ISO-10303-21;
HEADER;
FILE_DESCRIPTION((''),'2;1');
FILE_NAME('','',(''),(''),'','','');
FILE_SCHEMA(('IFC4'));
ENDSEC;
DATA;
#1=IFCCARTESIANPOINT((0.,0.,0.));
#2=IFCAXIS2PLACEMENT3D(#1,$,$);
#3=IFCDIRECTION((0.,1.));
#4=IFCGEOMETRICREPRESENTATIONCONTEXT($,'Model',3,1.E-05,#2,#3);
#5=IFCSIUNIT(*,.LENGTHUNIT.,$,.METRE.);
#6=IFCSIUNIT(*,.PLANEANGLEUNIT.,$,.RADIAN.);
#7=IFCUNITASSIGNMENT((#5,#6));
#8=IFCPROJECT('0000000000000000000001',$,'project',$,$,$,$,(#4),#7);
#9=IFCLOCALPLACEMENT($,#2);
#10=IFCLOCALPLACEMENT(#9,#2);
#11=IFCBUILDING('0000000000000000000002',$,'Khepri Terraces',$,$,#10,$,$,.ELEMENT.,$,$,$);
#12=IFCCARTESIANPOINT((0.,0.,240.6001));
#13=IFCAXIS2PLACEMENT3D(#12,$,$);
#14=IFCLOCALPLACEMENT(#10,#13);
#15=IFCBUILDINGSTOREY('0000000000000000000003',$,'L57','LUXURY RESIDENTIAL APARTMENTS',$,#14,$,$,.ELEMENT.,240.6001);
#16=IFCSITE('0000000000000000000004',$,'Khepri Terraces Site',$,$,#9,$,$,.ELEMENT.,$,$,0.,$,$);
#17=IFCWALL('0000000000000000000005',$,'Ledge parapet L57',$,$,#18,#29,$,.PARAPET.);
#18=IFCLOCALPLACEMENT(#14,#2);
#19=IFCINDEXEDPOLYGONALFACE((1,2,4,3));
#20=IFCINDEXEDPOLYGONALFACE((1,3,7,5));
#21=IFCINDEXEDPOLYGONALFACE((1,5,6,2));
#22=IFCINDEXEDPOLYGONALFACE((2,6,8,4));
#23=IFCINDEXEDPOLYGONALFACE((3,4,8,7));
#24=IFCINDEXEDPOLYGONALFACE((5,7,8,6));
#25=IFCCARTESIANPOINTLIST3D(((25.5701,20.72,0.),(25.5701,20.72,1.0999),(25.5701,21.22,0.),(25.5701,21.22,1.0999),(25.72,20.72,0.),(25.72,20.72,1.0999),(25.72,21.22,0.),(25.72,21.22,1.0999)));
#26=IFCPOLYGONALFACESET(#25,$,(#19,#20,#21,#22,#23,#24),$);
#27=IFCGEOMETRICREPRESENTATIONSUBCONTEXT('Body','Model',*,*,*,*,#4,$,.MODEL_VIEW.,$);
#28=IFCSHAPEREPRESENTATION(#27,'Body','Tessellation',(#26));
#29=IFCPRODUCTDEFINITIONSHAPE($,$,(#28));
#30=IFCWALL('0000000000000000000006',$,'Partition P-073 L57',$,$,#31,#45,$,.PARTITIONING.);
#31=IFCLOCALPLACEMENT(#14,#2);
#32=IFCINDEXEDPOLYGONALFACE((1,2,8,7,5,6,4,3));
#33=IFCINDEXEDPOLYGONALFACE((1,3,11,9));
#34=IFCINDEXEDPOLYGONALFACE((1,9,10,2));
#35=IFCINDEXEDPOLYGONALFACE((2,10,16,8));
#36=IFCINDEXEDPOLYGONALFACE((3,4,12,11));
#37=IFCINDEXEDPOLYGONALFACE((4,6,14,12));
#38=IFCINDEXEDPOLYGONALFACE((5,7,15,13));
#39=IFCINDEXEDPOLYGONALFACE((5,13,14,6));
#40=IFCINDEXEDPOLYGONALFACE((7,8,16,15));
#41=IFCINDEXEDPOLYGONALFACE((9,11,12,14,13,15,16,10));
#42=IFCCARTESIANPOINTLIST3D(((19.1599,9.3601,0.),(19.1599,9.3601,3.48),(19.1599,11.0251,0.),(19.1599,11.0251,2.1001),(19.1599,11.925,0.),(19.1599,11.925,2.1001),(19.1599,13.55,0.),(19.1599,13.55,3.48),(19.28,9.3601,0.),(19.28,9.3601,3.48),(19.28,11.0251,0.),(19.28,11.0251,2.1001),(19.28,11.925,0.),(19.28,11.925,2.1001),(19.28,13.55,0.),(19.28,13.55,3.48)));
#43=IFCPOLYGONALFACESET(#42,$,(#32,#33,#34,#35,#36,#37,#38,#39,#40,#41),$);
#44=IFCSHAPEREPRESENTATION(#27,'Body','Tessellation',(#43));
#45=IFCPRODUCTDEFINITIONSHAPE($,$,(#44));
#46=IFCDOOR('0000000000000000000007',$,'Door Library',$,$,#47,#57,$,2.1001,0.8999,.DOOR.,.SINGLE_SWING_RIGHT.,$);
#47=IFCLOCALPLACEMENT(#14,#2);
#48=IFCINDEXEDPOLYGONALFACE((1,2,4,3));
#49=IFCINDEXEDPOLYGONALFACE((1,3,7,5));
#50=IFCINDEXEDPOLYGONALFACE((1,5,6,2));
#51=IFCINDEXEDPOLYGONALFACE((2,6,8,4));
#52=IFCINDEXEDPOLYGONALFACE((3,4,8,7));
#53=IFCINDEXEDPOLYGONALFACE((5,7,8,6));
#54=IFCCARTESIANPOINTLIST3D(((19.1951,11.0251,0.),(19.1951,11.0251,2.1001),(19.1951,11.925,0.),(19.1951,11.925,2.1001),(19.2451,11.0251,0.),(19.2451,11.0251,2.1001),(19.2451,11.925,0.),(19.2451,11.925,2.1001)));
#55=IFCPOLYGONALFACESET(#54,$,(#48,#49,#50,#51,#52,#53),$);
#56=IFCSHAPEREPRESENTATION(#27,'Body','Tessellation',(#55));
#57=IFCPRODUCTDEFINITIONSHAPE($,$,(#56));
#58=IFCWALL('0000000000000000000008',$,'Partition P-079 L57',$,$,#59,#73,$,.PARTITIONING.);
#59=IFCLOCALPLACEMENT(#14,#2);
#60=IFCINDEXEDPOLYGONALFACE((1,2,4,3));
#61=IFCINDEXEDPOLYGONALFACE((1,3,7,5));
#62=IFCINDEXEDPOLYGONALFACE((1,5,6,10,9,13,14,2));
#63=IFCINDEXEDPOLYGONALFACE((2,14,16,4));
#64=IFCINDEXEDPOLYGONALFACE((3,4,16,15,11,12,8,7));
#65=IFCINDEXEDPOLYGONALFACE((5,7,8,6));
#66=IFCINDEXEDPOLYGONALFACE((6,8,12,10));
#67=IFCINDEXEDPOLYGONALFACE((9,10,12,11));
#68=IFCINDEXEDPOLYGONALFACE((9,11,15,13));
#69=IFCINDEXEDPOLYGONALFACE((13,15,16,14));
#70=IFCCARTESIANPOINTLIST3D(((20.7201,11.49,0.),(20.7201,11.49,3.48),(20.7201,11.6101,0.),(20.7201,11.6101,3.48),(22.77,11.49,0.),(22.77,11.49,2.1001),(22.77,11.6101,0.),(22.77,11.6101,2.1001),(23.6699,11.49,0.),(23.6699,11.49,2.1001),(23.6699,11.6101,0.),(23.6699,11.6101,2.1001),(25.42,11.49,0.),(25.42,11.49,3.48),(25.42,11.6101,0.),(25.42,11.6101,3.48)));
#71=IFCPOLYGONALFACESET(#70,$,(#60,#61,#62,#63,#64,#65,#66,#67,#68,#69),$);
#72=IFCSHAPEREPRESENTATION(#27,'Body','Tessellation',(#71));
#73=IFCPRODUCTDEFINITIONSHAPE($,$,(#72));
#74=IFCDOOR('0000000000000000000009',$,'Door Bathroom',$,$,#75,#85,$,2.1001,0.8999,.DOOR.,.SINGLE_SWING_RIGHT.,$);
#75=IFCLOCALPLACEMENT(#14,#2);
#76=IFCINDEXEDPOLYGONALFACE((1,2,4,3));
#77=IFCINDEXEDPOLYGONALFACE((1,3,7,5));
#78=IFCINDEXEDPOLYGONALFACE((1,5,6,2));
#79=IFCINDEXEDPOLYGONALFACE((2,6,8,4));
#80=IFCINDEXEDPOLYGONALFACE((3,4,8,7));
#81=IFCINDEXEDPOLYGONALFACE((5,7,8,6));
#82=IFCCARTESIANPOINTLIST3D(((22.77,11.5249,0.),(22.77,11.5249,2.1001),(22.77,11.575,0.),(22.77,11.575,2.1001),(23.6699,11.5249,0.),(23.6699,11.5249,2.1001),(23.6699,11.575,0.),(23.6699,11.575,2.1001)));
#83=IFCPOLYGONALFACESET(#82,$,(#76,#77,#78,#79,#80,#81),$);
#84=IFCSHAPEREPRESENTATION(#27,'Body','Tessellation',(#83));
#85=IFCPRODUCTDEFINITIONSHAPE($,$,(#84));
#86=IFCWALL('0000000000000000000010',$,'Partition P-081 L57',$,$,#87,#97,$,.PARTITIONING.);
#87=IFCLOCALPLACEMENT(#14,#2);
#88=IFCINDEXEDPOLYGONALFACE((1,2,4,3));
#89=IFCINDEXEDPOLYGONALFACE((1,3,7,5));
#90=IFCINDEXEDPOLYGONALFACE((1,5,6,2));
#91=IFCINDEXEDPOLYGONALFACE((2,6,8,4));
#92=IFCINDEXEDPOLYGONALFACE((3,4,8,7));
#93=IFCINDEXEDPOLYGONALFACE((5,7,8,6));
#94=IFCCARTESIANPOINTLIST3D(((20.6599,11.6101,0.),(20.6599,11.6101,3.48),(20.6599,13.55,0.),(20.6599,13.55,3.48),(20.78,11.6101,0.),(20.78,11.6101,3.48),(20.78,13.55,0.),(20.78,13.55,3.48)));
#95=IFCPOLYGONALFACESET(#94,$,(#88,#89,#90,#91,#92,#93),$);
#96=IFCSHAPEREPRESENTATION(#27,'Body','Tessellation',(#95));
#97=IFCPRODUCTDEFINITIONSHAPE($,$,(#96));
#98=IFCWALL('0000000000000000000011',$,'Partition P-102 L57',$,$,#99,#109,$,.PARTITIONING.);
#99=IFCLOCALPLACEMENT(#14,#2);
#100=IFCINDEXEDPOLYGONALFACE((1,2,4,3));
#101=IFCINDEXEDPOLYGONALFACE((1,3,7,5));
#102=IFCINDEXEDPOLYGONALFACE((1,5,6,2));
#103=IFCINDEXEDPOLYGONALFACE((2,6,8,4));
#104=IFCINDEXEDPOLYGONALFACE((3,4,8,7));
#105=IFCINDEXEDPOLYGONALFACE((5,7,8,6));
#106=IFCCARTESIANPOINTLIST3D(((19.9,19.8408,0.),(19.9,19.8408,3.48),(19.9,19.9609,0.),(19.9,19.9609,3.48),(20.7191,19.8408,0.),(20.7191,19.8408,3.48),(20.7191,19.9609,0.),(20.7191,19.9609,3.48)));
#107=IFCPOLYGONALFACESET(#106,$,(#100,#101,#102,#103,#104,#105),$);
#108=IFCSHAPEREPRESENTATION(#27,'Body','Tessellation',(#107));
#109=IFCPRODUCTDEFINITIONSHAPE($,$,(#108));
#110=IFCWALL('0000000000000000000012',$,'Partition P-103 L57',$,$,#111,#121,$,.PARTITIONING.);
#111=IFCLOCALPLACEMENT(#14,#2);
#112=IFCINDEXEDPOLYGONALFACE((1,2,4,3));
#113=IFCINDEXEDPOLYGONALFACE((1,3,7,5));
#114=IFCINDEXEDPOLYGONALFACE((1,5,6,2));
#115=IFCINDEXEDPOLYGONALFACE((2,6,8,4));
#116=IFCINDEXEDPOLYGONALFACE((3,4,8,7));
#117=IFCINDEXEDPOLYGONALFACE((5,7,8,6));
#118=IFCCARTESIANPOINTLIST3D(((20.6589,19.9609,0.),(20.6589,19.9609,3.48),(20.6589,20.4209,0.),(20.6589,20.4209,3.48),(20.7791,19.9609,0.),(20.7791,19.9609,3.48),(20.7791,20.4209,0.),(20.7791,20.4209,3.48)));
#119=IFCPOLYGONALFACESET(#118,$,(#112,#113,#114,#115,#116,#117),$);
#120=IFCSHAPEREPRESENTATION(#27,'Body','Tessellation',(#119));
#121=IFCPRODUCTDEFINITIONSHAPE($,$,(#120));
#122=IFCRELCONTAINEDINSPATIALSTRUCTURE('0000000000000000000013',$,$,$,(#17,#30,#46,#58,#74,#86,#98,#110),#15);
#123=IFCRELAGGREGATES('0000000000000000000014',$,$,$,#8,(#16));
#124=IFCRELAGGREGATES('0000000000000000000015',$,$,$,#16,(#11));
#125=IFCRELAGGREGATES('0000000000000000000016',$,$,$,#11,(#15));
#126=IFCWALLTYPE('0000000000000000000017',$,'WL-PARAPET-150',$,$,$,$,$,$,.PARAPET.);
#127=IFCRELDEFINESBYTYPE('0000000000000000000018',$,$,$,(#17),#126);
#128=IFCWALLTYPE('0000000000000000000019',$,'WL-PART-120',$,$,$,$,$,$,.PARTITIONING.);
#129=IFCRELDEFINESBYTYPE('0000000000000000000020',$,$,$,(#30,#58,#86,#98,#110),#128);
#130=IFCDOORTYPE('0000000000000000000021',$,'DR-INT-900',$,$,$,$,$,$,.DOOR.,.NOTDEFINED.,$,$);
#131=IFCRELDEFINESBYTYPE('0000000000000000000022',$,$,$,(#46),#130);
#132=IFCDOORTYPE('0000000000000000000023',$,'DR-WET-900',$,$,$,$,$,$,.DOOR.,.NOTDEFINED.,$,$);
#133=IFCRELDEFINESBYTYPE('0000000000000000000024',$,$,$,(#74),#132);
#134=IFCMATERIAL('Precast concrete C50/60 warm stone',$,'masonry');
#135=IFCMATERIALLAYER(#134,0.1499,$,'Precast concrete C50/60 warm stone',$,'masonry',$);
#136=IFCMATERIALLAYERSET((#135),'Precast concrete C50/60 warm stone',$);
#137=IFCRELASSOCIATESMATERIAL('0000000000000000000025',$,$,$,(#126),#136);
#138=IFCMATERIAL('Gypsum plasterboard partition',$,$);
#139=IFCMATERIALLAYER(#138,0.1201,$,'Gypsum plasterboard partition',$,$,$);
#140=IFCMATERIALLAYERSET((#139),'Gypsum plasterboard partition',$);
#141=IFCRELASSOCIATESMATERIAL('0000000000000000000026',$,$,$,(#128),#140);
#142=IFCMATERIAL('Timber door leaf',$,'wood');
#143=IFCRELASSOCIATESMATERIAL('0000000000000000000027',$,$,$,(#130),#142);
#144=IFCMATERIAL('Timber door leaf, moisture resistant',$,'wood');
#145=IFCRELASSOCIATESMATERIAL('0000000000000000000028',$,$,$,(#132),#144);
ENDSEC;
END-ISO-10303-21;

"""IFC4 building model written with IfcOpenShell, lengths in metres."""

from ifc_helpers import new_model, si_unit, direction, frame, frame_2d, origin, place, context, subcontext, project, spatial, rectangle, extrude, material, layer, layer_set, type_object, element, fill, save


model = new_model("IFC4")

# Units and contexts
model_context = context("Model", 3, precision=1e-05, world=origin(), true_north=direction((0.0, 1.0)))
body_context = subcontext(model_context, "Body", "Model", "MODEL_VIEW")
ifc_project = project(units=[si_unit("LENGTHUNIT", "METRE"), si_unit("PLANEANGLEUNIT", "RADIAN")], contexts=[model_context])

# Site, building, storey
site_placement = place(None, origin())
site = spatial("IfcSite", under=ifc_project, at=site_placement, Name="Khepri Terraces Site", CompositionType="ELEMENT", RefElevation=0.0)
building_placement = place(site_placement, origin())
building = spatial("IfcBuilding", under=site, at=building_placement, Name="Khepri Terraces", CompositionType="ELEMENT")
storey_placement = place(building_placement, frame((0.0, 0.0, 240.6001)))
storey = spatial("IfcBuildingStorey", under=building, at=storey_placement, Name="L57", Description="LUXURY RESIDENTIAL APARTMENTS", CompositionType="ELEMENT", Elevation=240.6001)

# Shared definitions
ifc_material_1 = material(Name="Precast concrete C50/60 warm stone", Category="masonry")

# Wall
ifc_layer_1 = layer(ifc_material_1, 0.1499, Name="Precast concrete C50/60 warm stone", Category="masonry")
ifc_layer_set_1 = layer_set([ifc_layer_1], Name="Precast concrete C50/60 warm stone")
wall_type_1 = type_object("IfcWallType", Name="WL-PARAPET-150", PredefinedType="PARAPET", material=ifc_layer_set_1)
wall_1_placement = place(storey_placement, frame((25.645, 20.72, 0.0), z_axis=(0.0, 0.0, 1.0), x_axis=(0.0, 1.0, 0.0)))
element("IfcWall", 1, at=wall_1_placement, inside=storey, type_object=wall_type_1, Name="Ledge parapet L57", PredefinedType="PARAPET", context=body_context, shape_type="SweptSolid", body=[
    extrude(rectangle(XDim=0.5, YDim=0.1499, at=frame_2d((0.25, 0.0))), origin(), (0.0, 0.0, 1.0), 1.0999),
])

# Walls, openings, doors
ifc_material_2 = material(Name="Gypsum plasterboard partition")
ifc_layer_2 = layer(ifc_material_2, 0.1201, Name="Gypsum plasterboard partition")
ifc_layer_set_2 = layer_set([ifc_layer_2], Name="Gypsum plasterboard partition")
wall_type_2 = type_object("IfcWallType", Name="WL-PART-120", PredefinedType="PARTITIONING", material=ifc_layer_set_2)
wall_2_placement = place(storey_placement, frame((19.22, 9.3601, 0.0), z_axis=(0.0, 0.0, 1.0), x_axis=(0.0, 1.0, 0.0)))
wall_2 = element("IfcWall", 2, at=wall_2_placement, inside=storey, type_object=wall_type_2, Name="Partition P-073 L57", PredefinedType="PARTITIONING", context=body_context, shape_type="SweptSolid", body=[
    extrude(rectangle(XDim=4.1899, YDim=0.1201, at=frame_2d((2.095, 0.0))), origin(), (0.0, 0.0, 1.0), 3.48),
])
opening_1_placement = place(wall_2_placement, frame((1.665, 0.0, 0.0)))
opening_1 = element("IfcOpeningElement", 3, at=opening_1_placement, cuts=wall_2, PredefinedType="OPENING", context=body_context, shape_type="SweptSolid", body=[
    extrude(rectangle(XDim=0.8999, YDim=2.1001, at=frame_2d((0.45, 1.05))), frame((0.0, 0.0701, 0.0), z_axis=(0.0, -1.0, 0.0), x_axis=(1.0, 0.0, 0.0)), (0.0, 0.0, 1.0), 0.1401),
])
ifc_material_3 = material(Name="Timber door leaf", Category="wood")
door_type_1 = type_object("IfcDoorType", Name="DR-INT-900", OperationType="NOTDEFINED", PredefinedType="DOOR", material=ifc_material_3)
door_1_placement = place(opening_1_placement, origin())
door_1 = element("IfcDoor", 4, at=door_1_placement, inside=storey, type_object=door_type_1, Name="Door Library", OperationType="SINGLE_SWING_RIGHT", OverallHeight=2.1001, OverallWidth=0.8999, PredefinedType="DOOR", context=body_context, shape_type="SweptSolid", body=[
    extrude(rectangle(XDim=0.8999, YDim=2.1001, at=frame_2d((0.45, 1.05))), frame((0.0, 0.0249, 0.0), z_axis=(0.0, -1.0, 0.0), x_axis=(1.0, 0.0, 0.0)), (0.0, 0.0, 1.0), 0.05),
])
fill(opening_1, door_1)
wall_3_placement = place(storey_placement, frame((20.72, 11.55, 0.0), z_axis=(0.0, 0.0, 1.0), x_axis=(1.0, 0.0, 0.0)))
wall_3 = element("IfcWall", 5, at=wall_3_placement, inside=storey, type_object=wall_type_2, Name="Partition P-079 L57", PredefinedType="PARTITIONING", context=body_context, shape_type="SweptSolid", body=[
    extrude(rectangle(XDim=4.7, YDim=0.1201, at=frame_2d((2.3501, 0.0))), origin(), (0.0, 0.0, 1.0), 3.48),
])
opening_2_placement = place(wall_3_placement, frame((2.05, 0.0, 0.0)))
opening_2 = element("IfcOpeningElement", 6, at=opening_2_placement, cuts=wall_3, PredefinedType="OPENING", context=body_context, shape_type="SweptSolid", body=[
    extrude(rectangle(XDim=0.8999, YDim=2.1001, at=frame_2d((0.45, 1.05))), frame((0.0, 0.0701, 0.0), z_axis=(0.0, -1.0, 0.0), x_axis=(1.0, 0.0, 0.0)), (0.0, 0.0, 1.0), 0.1401),
])
ifc_material_4 = material(Name="Timber door leaf, moisture resistant", Category="wood")
door_type_2 = type_object("IfcDoorType", Name="DR-WET-900", OperationType="NOTDEFINED", PredefinedType="DOOR", material=ifc_material_4)
door_2_placement = place(opening_2_placement, origin())
door_2 = element("IfcDoor", 7, at=door_2_placement, inside=storey, type_object=door_type_2, Name="Door Bathroom", OperationType="SINGLE_SWING_RIGHT", OverallHeight=2.1001, OverallWidth=0.8999, PredefinedType="DOOR", context=body_context, shape_type="SweptSolid", body=[
    extrude(rectangle(XDim=0.8999, YDim=2.1001, at=frame_2d((0.45, 1.05))), frame((0.0, 0.0249, 0.0), z_axis=(0.0, -1.0, 0.0), x_axis=(1.0, 0.0, 0.0)), (0.0, 0.0, 1.0), 0.05),
])
fill(opening_2, door_2)

# Walls
wall_4_placement = place(storey_placement, frame((20.72, 11.6101, 0.0), z_axis=(0.0, 0.0, 1.0), x_axis=(0.0, 1.0, 0.0)))
element("IfcWall", 8, at=wall_4_placement, inside=storey, type_object=wall_type_2, Name="Partition P-081 L57", PredefinedType="PARTITIONING", context=body_context, shape_type="SweptSolid", body=[
    extrude(rectangle(XDim=1.9399, YDim=0.1201, at=frame_2d((0.97, 0.0))), origin(), (0.0, 0.0, 1.0), 3.48),
])
wall_5_placement = place(storey_placement, frame((19.8999, 19.9009, 0.0), z_axis=(0.0, 0.0, 1.0), x_axis=(1.0, 0.0, 0.0)))
element("IfcWall", 9, at=wall_5_placement, inside=storey, type_object=wall_type_2, Name="Partition P-102 L57", PredefinedType="PARTITIONING", context=body_context, shape_type="SweptSolid", body=[
    extrude(rectangle(XDim=0.8191, YDim=0.1201, at=frame_2d((0.4097, 0.0))), origin(), (0.0, 0.0, 1.0), 3.48),
])
wall_6_placement = place(storey_placement, frame((20.719, 19.9609, 0.0), z_axis=(0.0, 0.0, 1.0), x_axis=(0.0, 1.0, 0.0)))
element("IfcWall", 10, at=wall_6_placement, inside=storey, type_object=wall_type_2, Name="Partition P-103 L57", PredefinedType="PARTITIONING", context=body_context, shape_type="SweptSolid", body=[
    extrude(rectangle(XDim=0.46, YDim=0.1201, at=frame_2d((0.23, 0.0))), origin(), (0.0, 0.0, 1.0), 3.48),
])

save(model, "model.ifc")
